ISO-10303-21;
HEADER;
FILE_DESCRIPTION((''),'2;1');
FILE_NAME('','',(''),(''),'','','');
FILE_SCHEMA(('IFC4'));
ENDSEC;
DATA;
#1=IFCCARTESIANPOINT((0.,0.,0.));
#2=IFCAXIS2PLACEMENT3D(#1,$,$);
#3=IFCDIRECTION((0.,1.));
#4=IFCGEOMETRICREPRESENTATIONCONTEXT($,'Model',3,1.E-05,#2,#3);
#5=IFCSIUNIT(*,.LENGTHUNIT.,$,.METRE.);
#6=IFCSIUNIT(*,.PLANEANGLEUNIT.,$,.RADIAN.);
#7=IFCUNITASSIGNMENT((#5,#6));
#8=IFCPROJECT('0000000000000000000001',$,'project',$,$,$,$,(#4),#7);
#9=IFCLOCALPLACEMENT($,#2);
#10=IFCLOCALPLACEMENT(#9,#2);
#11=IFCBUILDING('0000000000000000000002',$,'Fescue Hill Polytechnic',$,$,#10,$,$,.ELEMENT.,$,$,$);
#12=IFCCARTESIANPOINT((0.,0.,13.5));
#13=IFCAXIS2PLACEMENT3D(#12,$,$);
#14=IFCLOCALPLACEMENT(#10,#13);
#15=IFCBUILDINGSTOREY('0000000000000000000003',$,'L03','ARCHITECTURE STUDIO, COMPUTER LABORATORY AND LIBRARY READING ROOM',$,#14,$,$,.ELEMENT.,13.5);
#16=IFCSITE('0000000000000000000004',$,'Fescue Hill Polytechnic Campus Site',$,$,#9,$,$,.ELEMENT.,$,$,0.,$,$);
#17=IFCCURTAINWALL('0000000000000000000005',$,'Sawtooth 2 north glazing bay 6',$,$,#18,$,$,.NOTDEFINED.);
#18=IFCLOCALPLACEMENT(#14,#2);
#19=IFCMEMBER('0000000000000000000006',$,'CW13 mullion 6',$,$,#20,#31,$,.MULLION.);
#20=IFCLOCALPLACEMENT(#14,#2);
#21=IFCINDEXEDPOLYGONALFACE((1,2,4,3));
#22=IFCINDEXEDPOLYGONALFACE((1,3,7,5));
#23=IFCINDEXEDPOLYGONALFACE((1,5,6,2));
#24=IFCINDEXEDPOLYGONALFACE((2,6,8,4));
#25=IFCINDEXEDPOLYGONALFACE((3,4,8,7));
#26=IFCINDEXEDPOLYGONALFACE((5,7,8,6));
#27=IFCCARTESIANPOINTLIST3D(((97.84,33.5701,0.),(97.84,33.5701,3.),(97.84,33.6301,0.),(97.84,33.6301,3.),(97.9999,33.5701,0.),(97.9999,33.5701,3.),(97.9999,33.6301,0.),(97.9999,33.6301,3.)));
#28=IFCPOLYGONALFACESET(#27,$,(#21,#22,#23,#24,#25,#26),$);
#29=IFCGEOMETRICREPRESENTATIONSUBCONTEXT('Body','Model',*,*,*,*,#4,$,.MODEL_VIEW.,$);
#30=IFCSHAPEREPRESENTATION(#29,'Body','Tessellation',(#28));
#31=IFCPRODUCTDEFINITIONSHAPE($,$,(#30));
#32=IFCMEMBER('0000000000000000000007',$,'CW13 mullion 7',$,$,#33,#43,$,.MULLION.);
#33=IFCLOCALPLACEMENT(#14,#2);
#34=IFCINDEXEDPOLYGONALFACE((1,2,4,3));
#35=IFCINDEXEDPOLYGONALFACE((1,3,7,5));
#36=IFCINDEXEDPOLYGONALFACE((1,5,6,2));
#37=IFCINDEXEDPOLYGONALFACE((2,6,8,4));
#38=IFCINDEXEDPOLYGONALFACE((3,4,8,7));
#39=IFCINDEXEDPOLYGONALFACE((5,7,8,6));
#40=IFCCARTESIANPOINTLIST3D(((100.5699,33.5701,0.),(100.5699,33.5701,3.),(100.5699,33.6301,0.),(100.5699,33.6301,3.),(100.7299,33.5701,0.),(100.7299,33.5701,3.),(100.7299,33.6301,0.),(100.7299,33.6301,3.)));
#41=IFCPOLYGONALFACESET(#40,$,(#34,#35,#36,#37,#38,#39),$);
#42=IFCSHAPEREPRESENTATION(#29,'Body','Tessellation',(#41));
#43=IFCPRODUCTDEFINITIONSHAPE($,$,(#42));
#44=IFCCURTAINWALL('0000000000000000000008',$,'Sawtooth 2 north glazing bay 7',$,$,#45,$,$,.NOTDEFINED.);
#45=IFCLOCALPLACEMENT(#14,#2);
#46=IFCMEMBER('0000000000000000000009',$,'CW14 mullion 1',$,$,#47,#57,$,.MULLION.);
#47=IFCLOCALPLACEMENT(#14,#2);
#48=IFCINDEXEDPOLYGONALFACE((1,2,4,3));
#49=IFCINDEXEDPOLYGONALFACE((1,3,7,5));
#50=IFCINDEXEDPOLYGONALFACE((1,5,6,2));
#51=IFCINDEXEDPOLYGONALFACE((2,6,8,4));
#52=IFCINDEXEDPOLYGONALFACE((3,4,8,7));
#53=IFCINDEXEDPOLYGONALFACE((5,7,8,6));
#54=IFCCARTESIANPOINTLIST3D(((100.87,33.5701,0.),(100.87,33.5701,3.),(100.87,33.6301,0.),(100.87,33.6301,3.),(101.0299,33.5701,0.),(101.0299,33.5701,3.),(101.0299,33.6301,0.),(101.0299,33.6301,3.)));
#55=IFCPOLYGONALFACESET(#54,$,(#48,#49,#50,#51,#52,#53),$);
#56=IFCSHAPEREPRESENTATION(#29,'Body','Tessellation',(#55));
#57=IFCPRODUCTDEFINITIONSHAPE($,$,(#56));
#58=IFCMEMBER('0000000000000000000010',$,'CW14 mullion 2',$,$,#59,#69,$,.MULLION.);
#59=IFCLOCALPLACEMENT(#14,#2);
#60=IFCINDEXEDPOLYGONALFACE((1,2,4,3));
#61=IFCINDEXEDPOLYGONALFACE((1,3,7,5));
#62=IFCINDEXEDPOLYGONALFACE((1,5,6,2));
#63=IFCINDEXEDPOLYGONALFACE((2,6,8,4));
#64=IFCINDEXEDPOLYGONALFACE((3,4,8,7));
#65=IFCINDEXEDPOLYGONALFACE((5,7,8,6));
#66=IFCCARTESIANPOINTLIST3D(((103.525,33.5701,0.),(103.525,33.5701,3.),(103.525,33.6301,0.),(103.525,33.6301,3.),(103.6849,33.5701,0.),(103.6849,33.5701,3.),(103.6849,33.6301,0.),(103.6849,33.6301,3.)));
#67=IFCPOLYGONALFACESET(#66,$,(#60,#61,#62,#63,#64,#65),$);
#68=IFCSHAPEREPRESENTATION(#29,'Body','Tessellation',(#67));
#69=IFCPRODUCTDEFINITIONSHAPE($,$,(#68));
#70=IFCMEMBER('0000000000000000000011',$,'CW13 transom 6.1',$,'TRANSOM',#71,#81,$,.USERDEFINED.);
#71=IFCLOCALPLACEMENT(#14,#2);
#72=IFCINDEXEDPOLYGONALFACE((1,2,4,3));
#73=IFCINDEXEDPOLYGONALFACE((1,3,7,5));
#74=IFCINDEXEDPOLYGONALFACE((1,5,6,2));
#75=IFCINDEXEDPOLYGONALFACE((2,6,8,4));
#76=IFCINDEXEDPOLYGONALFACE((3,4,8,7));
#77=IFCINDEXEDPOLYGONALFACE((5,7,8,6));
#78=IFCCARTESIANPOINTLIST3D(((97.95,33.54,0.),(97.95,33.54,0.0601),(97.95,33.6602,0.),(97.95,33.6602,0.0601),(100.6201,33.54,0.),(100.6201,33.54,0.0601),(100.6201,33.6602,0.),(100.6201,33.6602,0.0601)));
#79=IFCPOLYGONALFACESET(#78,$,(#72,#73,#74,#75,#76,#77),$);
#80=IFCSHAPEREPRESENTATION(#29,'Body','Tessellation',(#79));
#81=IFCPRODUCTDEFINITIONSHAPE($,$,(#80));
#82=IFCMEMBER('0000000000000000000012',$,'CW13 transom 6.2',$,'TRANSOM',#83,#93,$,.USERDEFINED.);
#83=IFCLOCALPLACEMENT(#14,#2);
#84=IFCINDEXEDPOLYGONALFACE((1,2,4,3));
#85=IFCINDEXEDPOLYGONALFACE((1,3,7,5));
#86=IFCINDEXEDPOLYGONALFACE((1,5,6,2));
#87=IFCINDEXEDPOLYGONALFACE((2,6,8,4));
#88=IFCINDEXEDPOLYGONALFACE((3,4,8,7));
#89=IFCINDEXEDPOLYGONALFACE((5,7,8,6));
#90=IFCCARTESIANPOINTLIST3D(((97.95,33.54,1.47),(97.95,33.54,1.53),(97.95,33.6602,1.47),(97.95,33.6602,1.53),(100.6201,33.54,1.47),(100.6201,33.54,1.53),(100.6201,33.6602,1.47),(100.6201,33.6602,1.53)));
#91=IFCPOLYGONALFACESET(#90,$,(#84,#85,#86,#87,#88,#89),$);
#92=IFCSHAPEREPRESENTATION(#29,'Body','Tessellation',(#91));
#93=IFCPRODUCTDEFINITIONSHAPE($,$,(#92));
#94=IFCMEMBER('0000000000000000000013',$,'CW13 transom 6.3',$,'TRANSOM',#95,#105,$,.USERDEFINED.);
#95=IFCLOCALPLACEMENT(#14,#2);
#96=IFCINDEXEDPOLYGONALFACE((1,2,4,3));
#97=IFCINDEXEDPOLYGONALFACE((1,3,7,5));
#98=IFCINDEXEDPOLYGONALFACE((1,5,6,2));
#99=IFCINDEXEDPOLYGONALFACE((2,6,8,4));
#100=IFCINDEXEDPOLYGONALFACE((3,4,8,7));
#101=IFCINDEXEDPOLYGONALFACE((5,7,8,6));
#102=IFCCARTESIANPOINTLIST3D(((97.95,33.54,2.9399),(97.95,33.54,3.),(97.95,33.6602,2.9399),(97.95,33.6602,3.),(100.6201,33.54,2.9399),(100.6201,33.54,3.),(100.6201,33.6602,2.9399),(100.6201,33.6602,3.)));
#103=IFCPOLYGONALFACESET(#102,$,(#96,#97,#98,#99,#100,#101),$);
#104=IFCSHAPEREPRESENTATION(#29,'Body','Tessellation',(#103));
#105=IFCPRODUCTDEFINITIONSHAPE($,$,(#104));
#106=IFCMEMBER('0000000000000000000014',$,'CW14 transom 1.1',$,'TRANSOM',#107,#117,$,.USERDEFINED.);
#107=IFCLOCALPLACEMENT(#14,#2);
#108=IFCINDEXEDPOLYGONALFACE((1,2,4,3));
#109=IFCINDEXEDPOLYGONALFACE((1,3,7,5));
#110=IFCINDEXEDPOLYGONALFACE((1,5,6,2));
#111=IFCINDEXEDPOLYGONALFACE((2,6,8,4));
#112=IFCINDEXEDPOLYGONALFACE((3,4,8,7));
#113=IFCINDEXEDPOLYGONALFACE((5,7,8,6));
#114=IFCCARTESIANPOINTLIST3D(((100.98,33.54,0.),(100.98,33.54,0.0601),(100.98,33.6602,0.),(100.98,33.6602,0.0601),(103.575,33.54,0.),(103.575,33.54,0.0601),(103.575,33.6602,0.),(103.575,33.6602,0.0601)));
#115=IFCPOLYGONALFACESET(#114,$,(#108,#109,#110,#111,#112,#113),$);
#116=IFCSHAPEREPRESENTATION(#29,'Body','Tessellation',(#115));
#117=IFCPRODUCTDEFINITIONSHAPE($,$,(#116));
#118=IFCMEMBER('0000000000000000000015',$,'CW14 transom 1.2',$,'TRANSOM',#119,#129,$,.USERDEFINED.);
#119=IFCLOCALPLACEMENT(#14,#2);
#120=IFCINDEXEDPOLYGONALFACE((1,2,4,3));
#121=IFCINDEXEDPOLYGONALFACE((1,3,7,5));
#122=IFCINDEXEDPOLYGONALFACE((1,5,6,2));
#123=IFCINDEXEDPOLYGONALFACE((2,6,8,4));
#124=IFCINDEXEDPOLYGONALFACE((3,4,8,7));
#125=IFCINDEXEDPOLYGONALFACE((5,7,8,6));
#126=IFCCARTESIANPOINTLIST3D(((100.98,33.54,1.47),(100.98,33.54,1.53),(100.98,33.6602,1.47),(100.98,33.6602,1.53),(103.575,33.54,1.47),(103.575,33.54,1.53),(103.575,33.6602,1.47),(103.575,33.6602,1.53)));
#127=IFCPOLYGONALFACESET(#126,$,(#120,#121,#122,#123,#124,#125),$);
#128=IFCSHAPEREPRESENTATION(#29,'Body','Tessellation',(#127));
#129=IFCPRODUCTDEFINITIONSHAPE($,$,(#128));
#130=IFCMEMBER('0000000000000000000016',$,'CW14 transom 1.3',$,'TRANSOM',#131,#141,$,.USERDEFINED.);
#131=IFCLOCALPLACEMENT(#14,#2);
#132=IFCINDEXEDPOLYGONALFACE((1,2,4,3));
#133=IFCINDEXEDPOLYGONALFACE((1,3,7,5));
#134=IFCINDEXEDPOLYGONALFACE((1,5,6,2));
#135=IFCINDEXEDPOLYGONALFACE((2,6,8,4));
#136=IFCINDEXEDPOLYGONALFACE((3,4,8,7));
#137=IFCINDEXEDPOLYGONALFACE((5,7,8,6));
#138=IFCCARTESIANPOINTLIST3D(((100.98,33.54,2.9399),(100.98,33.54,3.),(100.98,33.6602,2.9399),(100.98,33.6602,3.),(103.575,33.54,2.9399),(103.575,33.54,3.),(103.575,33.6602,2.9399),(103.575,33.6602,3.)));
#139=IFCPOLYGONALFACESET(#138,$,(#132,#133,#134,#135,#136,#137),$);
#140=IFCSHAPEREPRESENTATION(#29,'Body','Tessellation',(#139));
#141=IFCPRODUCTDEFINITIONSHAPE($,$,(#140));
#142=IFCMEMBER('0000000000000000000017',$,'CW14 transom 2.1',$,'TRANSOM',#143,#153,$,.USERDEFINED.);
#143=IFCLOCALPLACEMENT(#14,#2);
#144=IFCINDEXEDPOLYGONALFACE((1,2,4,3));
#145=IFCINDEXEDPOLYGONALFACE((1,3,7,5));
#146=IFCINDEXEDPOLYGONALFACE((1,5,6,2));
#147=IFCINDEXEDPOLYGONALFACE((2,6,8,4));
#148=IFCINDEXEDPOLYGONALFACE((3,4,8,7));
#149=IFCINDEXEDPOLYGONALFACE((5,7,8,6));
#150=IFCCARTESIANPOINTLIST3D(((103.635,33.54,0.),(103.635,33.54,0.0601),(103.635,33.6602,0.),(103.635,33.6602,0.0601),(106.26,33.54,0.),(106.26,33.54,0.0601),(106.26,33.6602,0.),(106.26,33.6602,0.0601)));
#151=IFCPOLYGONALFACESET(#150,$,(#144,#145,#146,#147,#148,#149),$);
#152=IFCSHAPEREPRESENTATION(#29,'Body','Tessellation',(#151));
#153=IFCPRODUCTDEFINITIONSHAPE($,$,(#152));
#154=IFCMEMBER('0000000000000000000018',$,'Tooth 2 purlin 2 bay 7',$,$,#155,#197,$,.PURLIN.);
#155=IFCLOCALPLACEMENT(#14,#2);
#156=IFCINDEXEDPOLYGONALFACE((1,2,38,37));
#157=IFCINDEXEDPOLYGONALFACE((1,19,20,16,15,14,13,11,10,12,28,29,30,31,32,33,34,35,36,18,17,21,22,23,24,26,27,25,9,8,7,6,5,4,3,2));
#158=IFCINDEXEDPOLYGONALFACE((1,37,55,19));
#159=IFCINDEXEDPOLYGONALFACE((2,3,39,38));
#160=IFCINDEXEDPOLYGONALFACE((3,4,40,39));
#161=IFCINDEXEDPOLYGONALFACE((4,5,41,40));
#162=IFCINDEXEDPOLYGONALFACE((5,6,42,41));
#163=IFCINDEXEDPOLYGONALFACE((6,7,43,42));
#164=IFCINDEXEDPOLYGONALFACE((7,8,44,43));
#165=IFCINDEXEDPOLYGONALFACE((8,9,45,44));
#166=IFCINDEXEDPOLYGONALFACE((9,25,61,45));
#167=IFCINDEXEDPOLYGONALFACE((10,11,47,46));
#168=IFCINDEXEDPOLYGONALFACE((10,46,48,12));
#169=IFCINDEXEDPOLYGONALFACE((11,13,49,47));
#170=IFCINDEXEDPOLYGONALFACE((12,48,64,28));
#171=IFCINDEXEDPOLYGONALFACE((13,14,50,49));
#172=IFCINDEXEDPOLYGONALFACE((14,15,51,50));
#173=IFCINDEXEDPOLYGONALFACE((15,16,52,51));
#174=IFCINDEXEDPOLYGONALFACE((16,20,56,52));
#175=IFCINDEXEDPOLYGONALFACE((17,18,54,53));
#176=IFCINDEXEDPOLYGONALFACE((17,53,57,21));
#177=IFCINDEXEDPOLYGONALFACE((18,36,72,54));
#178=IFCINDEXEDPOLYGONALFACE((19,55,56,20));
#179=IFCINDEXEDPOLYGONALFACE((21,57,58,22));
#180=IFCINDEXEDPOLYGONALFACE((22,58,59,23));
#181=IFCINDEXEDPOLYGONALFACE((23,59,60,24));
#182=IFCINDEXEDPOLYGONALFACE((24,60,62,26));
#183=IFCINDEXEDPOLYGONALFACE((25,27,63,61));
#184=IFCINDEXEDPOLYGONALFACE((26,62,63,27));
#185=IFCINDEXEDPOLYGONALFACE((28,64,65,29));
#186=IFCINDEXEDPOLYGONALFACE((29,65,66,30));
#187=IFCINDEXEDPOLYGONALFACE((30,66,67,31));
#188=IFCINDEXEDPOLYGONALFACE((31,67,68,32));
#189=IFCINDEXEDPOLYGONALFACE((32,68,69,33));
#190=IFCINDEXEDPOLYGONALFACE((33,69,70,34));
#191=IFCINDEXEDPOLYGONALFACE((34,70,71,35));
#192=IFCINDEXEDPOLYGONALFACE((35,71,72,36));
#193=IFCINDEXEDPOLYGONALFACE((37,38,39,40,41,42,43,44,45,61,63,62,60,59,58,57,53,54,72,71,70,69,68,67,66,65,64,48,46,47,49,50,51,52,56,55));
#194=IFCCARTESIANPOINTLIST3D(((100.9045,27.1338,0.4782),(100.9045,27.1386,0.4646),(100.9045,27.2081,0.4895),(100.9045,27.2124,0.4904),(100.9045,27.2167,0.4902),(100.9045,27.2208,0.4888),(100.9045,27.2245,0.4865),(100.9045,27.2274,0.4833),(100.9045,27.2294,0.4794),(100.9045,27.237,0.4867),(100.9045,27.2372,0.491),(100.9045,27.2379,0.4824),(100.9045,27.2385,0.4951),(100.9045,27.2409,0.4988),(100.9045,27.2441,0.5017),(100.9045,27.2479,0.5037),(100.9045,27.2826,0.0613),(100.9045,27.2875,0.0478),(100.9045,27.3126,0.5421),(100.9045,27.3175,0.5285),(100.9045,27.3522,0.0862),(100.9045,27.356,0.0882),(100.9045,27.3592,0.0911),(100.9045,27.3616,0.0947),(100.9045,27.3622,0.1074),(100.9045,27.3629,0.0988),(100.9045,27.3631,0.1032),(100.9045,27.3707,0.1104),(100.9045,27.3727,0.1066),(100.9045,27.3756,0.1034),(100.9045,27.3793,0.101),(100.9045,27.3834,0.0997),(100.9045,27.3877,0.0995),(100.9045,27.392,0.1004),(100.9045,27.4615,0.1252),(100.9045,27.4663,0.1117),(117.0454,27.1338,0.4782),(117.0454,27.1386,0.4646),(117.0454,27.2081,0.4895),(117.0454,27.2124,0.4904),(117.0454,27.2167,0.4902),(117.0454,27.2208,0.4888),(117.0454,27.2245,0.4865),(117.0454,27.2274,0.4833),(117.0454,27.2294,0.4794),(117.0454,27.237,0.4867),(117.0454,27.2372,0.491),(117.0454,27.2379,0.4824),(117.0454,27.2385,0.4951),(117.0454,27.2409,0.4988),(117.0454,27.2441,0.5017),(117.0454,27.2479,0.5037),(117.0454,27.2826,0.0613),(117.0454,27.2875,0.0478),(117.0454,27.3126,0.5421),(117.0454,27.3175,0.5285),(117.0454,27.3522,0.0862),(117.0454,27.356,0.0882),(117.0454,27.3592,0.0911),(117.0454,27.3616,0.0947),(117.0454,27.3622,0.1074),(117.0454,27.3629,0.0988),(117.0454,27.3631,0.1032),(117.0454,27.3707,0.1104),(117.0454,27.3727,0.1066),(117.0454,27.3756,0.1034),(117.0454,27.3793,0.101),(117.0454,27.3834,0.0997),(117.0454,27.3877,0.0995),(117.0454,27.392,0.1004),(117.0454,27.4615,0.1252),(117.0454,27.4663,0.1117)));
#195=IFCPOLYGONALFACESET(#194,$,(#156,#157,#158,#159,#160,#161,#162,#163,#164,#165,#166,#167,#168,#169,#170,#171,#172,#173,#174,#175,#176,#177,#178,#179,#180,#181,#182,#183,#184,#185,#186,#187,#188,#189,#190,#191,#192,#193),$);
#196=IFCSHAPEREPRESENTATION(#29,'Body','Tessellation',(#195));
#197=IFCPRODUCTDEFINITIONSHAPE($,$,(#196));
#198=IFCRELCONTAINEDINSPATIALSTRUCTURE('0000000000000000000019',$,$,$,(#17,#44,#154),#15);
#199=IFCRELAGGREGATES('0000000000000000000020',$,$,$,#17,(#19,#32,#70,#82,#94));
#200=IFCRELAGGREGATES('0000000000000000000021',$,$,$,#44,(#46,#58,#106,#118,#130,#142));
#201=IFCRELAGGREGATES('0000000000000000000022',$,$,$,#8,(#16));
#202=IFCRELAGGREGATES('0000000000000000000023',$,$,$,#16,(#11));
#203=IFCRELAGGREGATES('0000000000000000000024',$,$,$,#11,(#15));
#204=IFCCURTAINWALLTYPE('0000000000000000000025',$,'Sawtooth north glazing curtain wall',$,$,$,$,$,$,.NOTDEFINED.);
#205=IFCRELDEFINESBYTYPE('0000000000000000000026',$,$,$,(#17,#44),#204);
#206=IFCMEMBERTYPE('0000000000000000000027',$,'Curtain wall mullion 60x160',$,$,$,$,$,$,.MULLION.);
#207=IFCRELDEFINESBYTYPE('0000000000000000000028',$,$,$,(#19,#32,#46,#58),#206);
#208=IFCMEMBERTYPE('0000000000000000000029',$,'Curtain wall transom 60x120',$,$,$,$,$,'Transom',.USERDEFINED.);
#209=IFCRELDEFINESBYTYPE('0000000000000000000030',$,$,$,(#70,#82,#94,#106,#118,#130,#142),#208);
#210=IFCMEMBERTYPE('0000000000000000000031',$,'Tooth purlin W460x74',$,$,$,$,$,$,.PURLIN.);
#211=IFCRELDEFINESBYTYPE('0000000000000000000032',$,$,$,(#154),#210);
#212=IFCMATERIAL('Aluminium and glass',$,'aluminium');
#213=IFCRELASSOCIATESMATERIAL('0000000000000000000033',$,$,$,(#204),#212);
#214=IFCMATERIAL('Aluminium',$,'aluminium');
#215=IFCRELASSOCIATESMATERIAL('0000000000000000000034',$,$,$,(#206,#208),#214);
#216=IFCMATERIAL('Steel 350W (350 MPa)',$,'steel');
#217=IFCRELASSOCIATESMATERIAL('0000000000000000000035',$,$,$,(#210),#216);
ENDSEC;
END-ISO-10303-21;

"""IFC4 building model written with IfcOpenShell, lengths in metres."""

from ifc_helpers import new_model, si_unit, direction, frame, origin, origin_2d, place, context, subcontext, project, spatial, rectangle, i_section, extrude, material, material_profile, profile_set, type_object, element, aggregate, save


model = new_model("IFC4")

# Units and contexts
model_context = context("Model", 3, precision=1e-05, world=origin(), true_north=direction((0.0, 1.0)))
body_context = subcontext(model_context, "Body", "Model", "MODEL_VIEW")
ifc_project = project(units=[si_unit("LENGTHUNIT", "METRE"), si_unit("PLANEANGLEUNIT", "RADIAN")], contexts=[model_context])

# Site, building, storey
site_placement = place(None, origin())
site = spatial("IfcSite", under=ifc_project, at=site_placement, Name="Fescue Hill Polytechnic Campus Site", CompositionType="ELEMENT", RefElevation=0.0)
building_placement = place(site_placement, origin())
building = spatial("IfcBuilding", under=site, at=building_placement, Name="Fescue Hill Polytechnic", CompositionType="ELEMENT")
storey_placement = place(building_placement, frame((0.0, 0.0, 13.5)))
storey = spatial("IfcBuildingStorey", under=building, at=storey_placement, Name="L03", Description="ARCHITECTURE STUDIO, COMPUTER LABORATORY AND LIBRARY READING ROOM", CompositionType="ELEMENT", Elevation=13.5)

# Curtain walls, members
ifc_material_1 = material(Name="Aluminium and glass", Category="aluminium")
curtain_wall_type = type_object("IfcCurtainWallType", Name="Sawtooth north glazing curtain wall", PredefinedType="NOTDEFINED", material=ifc_material_1)
curtain_wall_1_placement = place(storey_placement, origin())
curtain_wall_1 = element("IfcCurtainWall", 1, at=curtain_wall_1_placement, inside=storey, type_object=curtain_wall_type, Name="Sawtooth 2 north glazing bay 6", PredefinedType="NOTDEFINED")
ifc_material_2 = material(Name="Aluminium", Category="aluminium")
ifc_material_profile_1 = material_profile(ifc_material_2, rectangle(XDim=0.0601, YDim=0.1599, at=origin_2d()), Name="Curtain wall mullion 60x160")
ifc_profile_set_1 = profile_set([ifc_material_profile_1], Name="Aluminium")
member_type_1 = type_object("IfcMemberType", Name="Curtain wall mullion 60x160", PredefinedType="MULLION", material=ifc_profile_set_1)
member_1_placement = place(storey_placement, frame((97.9199, 33.6001, 0.0), z_axis=(0.0, 0.0, 1.0), x_axis=(0.0, 1.0, 0.0)))
member_1 = element("IfcMember", 2, at=member_1_placement, type_object=member_type_1, Name="CW13 mullion 6", PredefinedType="MULLION", context=body_context, shape_type="SweptSolid", body=[
    extrude(rectangle(XDim=0.0601, YDim=0.1599, at=origin_2d()), origin(), (0.0, 0.0, 1.0), 3.0),
])
member_2_placement = place(storey_placement, frame((100.6499, 33.6001, 0.0), z_axis=(0.0, 0.0, 1.0), x_axis=(0.0, 1.0, 0.0)))
member_2 = element("IfcMember", 3, at=member_2_placement, type_object=member_type_1, Name="CW13 mullion 7", PredefinedType="MULLION", context=body_context, shape_type="SweptSolid", body=[
    extrude(rectangle(XDim=0.0601, YDim=0.1599, at=origin_2d()), origin(), (0.0, 0.0, 1.0), 3.0),
])
curtain_wall_2_placement = place(storey_placement, origin())
curtain_wall_2 = element("IfcCurtainWall", 4, at=curtain_wall_2_placement, inside=storey, type_object=curtain_wall_type, Name="Sawtooth 2 north glazing bay 7", PredefinedType="NOTDEFINED")
member_3_placement = place(storey_placement, frame((100.95, 33.6001, 0.0), z_axis=(0.0, 0.0, 1.0), x_axis=(0.0, 1.0, 0.0)))
member_3 = element("IfcMember", 5, at=member_3_placement, type_object=member_type_1, Name="CW14 mullion 1", PredefinedType="MULLION", context=body_context, shape_type="SweptSolid", body=[
    extrude(rectangle(XDim=0.0601, YDim=0.1599, at=origin_2d()), origin(), (0.0, 0.0, 1.0), 3.0),
])
member_4_placement = place(storey_placement, frame((103.605, 33.6001, 0.0), z_axis=(0.0, 0.0, 1.0), x_axis=(0.0, 1.0, 0.0)))
member_4 = element("IfcMember", 6, at=member_4_placement, type_object=member_type_1, Name="CW14 mullion 2", PredefinedType="MULLION", context=body_context, shape_type="SweptSolid", body=[
    extrude(rectangle(XDim=0.0601, YDim=0.1599, at=origin_2d()), origin(), (0.0, 0.0, 1.0), 3.0),
])

# Members
ifc_material_profile_2 = material_profile(ifc_material_2, rectangle(XDim=0.1201, YDim=0.0601, at=origin_2d()), Name="Curtain wall transom 60x120")
ifc_profile_set_2 = profile_set([ifc_material_profile_2], Name="Aluminium")
member_type_2 = type_object("IfcMemberType", Name="Curtain wall transom 60x120", ElementType="Transom", PredefinedType="USERDEFINED", material=ifc_profile_set_2)
member_5_placement = place(storey_placement, frame((97.95, 33.6001, 0.03), z_axis=(1.0, 0.0, 0.0), x_axis=(0.0, 1.0, 0.0)))
member_5 = element("IfcMember", 7, at=member_5_placement, type_object=member_type_2, Name="CW13 transom 6.1", ObjectType="TRANSOM", PredefinedType="USERDEFINED", context=body_context, shape_type="SweptSolid", body=[
    extrude(rectangle(XDim=0.1201, YDim=0.0601, at=origin_2d()), origin(), (0.0, 0.0, 1.0), 2.6702),
])
member_6_placement = place(storey_placement, frame((97.95, 33.6001, 1.5), z_axis=(1.0, 0.0, 0.0), x_axis=(0.0, 1.0, 0.0)))
member_6 = element("IfcMember", 8, at=member_6_placement, type_object=member_type_2, Name="CW13 transom 6.2", ObjectType="TRANSOM", PredefinedType="USERDEFINED", context=body_context, shape_type="SweptSolid", body=[
    extrude(rectangle(XDim=0.1201, YDim=0.0601, at=origin_2d()), origin(), (0.0, 0.0, 1.0), 2.6702),
])
member_7_placement = place(storey_placement, frame((97.95, 33.6001, 2.97), z_axis=(1.0, 0.0, 0.0), x_axis=(0.0, 1.0, 0.0)))
member_7 = element("IfcMember", 9, at=member_7_placement, type_object=member_type_2, Name="CW13 transom 6.3", ObjectType="TRANSOM", PredefinedType="USERDEFINED", context=body_context, shape_type="SweptSolid", body=[
    extrude(rectangle(XDim=0.1201, YDim=0.0601, at=origin_2d()), origin(), (0.0, 0.0, 1.0), 2.6702),
])
member_8_placement = place(storey_placement, frame((100.98, 33.6001, 0.03), z_axis=(1.0, 0.0, 0.0), x_axis=(0.0, 1.0, 0.0)))
member_8 = element("IfcMember", 10, at=member_8_placement, type_object=member_type_2, Name="CW14 transom 1.1", ObjectType="TRANSOM", PredefinedType="USERDEFINED", context=body_context, shape_type="SweptSolid", body=[
    extrude(rectangle(XDim=0.1201, YDim=0.0601, at=origin_2d()), origin(), (0.0, 0.0, 1.0), 2.595),
])
member_9_placement = place(storey_placement, frame((100.98, 33.6001, 1.5), z_axis=(1.0, 0.0, 0.0), x_axis=(0.0, 1.0, 0.0)))
member_9 = element("IfcMember", 11, at=member_9_placement, type_object=member_type_2, Name="CW14 transom 1.2", ObjectType="TRANSOM", PredefinedType="USERDEFINED", context=body_context, shape_type="SweptSolid", body=[
    extrude(rectangle(XDim=0.1201, YDim=0.0601, at=origin_2d()), origin(), (0.0, 0.0, 1.0), 2.595),
])
member_10_placement = place(storey_placement, frame((100.98, 33.6001, 2.97), z_axis=(1.0, 0.0, 0.0), x_axis=(0.0, 1.0, 0.0)))
member_10 = element("IfcMember", 12, at=member_10_placement, type_object=member_type_2, Name="CW14 transom 1.3", ObjectType="TRANSOM", PredefinedType="USERDEFINED", context=body_context, shape_type="SweptSolid", body=[
    extrude(rectangle(XDim=0.1201, YDim=0.0601, at=origin_2d()), origin(), (0.0, 0.0, 1.0), 2.595),
])
member_11_placement = place(storey_placement, frame((103.635, 33.6001, 0.03), z_axis=(1.0, 0.0, 0.0), x_axis=(0.0, 1.0, 0.0)))
member_11 = element("IfcMember", 13, at=member_11_placement, type_object=member_type_2, Name="CW14 transom 2.1", ObjectType="TRANSOM", PredefinedType="USERDEFINED", context=body_context, shape_type="SweptSolid", body=[
    extrude(rectangle(XDim=0.1201, YDim=0.0601, at=origin_2d()), origin(), (0.0, 0.0, 1.0), 2.625),
])

# Member
ifc_material_3 = material(Name="Steel 350W (350 MPa)", Category="steel")
ifc_material_profile_3 = material_profile(ifc_material_3, i_section(OverallWidth=0.1899, OverallDepth=0.457, WebThickness=0.009, FlangeThickness=0.0144, FilletRadius=0.0166, at=origin_2d()), Name="W460x74")
ifc_profile_set_3 = profile_set([ifc_material_profile_3], Name="Steel 350W (350 MPa)")
member_type_3 = type_object("IfcMemberType", Name="Tooth purlin W460x74", PredefinedType="PURLIN", material=ifc_profile_set_3)
for number, where, z_axis, x_axis, name in (
    (14, (100.9045, 27.3, 0.2949), (1.0, 0.0, 0.0), (0.0, 0.941742, 0.336336), "Tooth 2 purlin 2 bay 7"),
):
    element("IfcMember", number, at=place(storey_placement, frame(where, z_axis=z_axis, x_axis=x_axis)), inside=storey, type_object=member_type_3, Name=name, PredefinedType="PURLIN", context=body_context, shape_type="SweptSolid", body=[
        extrude(i_section(OverallWidth=0.1899, OverallDepth=0.457, WebThickness=0.009, FlangeThickness=0.0144, FilletRadius=0.0166, at=origin_2d()), origin(), (0.0, 0.0, 1.0), 16.1409),
    ])

aggregate(curtain_wall_1, [member_1, member_2, member_5, member_6, member_7])
aggregate(curtain_wall_2, [member_3, member_4, member_8, member_9, member_10, member_11])

save(model, "model.ifc")
